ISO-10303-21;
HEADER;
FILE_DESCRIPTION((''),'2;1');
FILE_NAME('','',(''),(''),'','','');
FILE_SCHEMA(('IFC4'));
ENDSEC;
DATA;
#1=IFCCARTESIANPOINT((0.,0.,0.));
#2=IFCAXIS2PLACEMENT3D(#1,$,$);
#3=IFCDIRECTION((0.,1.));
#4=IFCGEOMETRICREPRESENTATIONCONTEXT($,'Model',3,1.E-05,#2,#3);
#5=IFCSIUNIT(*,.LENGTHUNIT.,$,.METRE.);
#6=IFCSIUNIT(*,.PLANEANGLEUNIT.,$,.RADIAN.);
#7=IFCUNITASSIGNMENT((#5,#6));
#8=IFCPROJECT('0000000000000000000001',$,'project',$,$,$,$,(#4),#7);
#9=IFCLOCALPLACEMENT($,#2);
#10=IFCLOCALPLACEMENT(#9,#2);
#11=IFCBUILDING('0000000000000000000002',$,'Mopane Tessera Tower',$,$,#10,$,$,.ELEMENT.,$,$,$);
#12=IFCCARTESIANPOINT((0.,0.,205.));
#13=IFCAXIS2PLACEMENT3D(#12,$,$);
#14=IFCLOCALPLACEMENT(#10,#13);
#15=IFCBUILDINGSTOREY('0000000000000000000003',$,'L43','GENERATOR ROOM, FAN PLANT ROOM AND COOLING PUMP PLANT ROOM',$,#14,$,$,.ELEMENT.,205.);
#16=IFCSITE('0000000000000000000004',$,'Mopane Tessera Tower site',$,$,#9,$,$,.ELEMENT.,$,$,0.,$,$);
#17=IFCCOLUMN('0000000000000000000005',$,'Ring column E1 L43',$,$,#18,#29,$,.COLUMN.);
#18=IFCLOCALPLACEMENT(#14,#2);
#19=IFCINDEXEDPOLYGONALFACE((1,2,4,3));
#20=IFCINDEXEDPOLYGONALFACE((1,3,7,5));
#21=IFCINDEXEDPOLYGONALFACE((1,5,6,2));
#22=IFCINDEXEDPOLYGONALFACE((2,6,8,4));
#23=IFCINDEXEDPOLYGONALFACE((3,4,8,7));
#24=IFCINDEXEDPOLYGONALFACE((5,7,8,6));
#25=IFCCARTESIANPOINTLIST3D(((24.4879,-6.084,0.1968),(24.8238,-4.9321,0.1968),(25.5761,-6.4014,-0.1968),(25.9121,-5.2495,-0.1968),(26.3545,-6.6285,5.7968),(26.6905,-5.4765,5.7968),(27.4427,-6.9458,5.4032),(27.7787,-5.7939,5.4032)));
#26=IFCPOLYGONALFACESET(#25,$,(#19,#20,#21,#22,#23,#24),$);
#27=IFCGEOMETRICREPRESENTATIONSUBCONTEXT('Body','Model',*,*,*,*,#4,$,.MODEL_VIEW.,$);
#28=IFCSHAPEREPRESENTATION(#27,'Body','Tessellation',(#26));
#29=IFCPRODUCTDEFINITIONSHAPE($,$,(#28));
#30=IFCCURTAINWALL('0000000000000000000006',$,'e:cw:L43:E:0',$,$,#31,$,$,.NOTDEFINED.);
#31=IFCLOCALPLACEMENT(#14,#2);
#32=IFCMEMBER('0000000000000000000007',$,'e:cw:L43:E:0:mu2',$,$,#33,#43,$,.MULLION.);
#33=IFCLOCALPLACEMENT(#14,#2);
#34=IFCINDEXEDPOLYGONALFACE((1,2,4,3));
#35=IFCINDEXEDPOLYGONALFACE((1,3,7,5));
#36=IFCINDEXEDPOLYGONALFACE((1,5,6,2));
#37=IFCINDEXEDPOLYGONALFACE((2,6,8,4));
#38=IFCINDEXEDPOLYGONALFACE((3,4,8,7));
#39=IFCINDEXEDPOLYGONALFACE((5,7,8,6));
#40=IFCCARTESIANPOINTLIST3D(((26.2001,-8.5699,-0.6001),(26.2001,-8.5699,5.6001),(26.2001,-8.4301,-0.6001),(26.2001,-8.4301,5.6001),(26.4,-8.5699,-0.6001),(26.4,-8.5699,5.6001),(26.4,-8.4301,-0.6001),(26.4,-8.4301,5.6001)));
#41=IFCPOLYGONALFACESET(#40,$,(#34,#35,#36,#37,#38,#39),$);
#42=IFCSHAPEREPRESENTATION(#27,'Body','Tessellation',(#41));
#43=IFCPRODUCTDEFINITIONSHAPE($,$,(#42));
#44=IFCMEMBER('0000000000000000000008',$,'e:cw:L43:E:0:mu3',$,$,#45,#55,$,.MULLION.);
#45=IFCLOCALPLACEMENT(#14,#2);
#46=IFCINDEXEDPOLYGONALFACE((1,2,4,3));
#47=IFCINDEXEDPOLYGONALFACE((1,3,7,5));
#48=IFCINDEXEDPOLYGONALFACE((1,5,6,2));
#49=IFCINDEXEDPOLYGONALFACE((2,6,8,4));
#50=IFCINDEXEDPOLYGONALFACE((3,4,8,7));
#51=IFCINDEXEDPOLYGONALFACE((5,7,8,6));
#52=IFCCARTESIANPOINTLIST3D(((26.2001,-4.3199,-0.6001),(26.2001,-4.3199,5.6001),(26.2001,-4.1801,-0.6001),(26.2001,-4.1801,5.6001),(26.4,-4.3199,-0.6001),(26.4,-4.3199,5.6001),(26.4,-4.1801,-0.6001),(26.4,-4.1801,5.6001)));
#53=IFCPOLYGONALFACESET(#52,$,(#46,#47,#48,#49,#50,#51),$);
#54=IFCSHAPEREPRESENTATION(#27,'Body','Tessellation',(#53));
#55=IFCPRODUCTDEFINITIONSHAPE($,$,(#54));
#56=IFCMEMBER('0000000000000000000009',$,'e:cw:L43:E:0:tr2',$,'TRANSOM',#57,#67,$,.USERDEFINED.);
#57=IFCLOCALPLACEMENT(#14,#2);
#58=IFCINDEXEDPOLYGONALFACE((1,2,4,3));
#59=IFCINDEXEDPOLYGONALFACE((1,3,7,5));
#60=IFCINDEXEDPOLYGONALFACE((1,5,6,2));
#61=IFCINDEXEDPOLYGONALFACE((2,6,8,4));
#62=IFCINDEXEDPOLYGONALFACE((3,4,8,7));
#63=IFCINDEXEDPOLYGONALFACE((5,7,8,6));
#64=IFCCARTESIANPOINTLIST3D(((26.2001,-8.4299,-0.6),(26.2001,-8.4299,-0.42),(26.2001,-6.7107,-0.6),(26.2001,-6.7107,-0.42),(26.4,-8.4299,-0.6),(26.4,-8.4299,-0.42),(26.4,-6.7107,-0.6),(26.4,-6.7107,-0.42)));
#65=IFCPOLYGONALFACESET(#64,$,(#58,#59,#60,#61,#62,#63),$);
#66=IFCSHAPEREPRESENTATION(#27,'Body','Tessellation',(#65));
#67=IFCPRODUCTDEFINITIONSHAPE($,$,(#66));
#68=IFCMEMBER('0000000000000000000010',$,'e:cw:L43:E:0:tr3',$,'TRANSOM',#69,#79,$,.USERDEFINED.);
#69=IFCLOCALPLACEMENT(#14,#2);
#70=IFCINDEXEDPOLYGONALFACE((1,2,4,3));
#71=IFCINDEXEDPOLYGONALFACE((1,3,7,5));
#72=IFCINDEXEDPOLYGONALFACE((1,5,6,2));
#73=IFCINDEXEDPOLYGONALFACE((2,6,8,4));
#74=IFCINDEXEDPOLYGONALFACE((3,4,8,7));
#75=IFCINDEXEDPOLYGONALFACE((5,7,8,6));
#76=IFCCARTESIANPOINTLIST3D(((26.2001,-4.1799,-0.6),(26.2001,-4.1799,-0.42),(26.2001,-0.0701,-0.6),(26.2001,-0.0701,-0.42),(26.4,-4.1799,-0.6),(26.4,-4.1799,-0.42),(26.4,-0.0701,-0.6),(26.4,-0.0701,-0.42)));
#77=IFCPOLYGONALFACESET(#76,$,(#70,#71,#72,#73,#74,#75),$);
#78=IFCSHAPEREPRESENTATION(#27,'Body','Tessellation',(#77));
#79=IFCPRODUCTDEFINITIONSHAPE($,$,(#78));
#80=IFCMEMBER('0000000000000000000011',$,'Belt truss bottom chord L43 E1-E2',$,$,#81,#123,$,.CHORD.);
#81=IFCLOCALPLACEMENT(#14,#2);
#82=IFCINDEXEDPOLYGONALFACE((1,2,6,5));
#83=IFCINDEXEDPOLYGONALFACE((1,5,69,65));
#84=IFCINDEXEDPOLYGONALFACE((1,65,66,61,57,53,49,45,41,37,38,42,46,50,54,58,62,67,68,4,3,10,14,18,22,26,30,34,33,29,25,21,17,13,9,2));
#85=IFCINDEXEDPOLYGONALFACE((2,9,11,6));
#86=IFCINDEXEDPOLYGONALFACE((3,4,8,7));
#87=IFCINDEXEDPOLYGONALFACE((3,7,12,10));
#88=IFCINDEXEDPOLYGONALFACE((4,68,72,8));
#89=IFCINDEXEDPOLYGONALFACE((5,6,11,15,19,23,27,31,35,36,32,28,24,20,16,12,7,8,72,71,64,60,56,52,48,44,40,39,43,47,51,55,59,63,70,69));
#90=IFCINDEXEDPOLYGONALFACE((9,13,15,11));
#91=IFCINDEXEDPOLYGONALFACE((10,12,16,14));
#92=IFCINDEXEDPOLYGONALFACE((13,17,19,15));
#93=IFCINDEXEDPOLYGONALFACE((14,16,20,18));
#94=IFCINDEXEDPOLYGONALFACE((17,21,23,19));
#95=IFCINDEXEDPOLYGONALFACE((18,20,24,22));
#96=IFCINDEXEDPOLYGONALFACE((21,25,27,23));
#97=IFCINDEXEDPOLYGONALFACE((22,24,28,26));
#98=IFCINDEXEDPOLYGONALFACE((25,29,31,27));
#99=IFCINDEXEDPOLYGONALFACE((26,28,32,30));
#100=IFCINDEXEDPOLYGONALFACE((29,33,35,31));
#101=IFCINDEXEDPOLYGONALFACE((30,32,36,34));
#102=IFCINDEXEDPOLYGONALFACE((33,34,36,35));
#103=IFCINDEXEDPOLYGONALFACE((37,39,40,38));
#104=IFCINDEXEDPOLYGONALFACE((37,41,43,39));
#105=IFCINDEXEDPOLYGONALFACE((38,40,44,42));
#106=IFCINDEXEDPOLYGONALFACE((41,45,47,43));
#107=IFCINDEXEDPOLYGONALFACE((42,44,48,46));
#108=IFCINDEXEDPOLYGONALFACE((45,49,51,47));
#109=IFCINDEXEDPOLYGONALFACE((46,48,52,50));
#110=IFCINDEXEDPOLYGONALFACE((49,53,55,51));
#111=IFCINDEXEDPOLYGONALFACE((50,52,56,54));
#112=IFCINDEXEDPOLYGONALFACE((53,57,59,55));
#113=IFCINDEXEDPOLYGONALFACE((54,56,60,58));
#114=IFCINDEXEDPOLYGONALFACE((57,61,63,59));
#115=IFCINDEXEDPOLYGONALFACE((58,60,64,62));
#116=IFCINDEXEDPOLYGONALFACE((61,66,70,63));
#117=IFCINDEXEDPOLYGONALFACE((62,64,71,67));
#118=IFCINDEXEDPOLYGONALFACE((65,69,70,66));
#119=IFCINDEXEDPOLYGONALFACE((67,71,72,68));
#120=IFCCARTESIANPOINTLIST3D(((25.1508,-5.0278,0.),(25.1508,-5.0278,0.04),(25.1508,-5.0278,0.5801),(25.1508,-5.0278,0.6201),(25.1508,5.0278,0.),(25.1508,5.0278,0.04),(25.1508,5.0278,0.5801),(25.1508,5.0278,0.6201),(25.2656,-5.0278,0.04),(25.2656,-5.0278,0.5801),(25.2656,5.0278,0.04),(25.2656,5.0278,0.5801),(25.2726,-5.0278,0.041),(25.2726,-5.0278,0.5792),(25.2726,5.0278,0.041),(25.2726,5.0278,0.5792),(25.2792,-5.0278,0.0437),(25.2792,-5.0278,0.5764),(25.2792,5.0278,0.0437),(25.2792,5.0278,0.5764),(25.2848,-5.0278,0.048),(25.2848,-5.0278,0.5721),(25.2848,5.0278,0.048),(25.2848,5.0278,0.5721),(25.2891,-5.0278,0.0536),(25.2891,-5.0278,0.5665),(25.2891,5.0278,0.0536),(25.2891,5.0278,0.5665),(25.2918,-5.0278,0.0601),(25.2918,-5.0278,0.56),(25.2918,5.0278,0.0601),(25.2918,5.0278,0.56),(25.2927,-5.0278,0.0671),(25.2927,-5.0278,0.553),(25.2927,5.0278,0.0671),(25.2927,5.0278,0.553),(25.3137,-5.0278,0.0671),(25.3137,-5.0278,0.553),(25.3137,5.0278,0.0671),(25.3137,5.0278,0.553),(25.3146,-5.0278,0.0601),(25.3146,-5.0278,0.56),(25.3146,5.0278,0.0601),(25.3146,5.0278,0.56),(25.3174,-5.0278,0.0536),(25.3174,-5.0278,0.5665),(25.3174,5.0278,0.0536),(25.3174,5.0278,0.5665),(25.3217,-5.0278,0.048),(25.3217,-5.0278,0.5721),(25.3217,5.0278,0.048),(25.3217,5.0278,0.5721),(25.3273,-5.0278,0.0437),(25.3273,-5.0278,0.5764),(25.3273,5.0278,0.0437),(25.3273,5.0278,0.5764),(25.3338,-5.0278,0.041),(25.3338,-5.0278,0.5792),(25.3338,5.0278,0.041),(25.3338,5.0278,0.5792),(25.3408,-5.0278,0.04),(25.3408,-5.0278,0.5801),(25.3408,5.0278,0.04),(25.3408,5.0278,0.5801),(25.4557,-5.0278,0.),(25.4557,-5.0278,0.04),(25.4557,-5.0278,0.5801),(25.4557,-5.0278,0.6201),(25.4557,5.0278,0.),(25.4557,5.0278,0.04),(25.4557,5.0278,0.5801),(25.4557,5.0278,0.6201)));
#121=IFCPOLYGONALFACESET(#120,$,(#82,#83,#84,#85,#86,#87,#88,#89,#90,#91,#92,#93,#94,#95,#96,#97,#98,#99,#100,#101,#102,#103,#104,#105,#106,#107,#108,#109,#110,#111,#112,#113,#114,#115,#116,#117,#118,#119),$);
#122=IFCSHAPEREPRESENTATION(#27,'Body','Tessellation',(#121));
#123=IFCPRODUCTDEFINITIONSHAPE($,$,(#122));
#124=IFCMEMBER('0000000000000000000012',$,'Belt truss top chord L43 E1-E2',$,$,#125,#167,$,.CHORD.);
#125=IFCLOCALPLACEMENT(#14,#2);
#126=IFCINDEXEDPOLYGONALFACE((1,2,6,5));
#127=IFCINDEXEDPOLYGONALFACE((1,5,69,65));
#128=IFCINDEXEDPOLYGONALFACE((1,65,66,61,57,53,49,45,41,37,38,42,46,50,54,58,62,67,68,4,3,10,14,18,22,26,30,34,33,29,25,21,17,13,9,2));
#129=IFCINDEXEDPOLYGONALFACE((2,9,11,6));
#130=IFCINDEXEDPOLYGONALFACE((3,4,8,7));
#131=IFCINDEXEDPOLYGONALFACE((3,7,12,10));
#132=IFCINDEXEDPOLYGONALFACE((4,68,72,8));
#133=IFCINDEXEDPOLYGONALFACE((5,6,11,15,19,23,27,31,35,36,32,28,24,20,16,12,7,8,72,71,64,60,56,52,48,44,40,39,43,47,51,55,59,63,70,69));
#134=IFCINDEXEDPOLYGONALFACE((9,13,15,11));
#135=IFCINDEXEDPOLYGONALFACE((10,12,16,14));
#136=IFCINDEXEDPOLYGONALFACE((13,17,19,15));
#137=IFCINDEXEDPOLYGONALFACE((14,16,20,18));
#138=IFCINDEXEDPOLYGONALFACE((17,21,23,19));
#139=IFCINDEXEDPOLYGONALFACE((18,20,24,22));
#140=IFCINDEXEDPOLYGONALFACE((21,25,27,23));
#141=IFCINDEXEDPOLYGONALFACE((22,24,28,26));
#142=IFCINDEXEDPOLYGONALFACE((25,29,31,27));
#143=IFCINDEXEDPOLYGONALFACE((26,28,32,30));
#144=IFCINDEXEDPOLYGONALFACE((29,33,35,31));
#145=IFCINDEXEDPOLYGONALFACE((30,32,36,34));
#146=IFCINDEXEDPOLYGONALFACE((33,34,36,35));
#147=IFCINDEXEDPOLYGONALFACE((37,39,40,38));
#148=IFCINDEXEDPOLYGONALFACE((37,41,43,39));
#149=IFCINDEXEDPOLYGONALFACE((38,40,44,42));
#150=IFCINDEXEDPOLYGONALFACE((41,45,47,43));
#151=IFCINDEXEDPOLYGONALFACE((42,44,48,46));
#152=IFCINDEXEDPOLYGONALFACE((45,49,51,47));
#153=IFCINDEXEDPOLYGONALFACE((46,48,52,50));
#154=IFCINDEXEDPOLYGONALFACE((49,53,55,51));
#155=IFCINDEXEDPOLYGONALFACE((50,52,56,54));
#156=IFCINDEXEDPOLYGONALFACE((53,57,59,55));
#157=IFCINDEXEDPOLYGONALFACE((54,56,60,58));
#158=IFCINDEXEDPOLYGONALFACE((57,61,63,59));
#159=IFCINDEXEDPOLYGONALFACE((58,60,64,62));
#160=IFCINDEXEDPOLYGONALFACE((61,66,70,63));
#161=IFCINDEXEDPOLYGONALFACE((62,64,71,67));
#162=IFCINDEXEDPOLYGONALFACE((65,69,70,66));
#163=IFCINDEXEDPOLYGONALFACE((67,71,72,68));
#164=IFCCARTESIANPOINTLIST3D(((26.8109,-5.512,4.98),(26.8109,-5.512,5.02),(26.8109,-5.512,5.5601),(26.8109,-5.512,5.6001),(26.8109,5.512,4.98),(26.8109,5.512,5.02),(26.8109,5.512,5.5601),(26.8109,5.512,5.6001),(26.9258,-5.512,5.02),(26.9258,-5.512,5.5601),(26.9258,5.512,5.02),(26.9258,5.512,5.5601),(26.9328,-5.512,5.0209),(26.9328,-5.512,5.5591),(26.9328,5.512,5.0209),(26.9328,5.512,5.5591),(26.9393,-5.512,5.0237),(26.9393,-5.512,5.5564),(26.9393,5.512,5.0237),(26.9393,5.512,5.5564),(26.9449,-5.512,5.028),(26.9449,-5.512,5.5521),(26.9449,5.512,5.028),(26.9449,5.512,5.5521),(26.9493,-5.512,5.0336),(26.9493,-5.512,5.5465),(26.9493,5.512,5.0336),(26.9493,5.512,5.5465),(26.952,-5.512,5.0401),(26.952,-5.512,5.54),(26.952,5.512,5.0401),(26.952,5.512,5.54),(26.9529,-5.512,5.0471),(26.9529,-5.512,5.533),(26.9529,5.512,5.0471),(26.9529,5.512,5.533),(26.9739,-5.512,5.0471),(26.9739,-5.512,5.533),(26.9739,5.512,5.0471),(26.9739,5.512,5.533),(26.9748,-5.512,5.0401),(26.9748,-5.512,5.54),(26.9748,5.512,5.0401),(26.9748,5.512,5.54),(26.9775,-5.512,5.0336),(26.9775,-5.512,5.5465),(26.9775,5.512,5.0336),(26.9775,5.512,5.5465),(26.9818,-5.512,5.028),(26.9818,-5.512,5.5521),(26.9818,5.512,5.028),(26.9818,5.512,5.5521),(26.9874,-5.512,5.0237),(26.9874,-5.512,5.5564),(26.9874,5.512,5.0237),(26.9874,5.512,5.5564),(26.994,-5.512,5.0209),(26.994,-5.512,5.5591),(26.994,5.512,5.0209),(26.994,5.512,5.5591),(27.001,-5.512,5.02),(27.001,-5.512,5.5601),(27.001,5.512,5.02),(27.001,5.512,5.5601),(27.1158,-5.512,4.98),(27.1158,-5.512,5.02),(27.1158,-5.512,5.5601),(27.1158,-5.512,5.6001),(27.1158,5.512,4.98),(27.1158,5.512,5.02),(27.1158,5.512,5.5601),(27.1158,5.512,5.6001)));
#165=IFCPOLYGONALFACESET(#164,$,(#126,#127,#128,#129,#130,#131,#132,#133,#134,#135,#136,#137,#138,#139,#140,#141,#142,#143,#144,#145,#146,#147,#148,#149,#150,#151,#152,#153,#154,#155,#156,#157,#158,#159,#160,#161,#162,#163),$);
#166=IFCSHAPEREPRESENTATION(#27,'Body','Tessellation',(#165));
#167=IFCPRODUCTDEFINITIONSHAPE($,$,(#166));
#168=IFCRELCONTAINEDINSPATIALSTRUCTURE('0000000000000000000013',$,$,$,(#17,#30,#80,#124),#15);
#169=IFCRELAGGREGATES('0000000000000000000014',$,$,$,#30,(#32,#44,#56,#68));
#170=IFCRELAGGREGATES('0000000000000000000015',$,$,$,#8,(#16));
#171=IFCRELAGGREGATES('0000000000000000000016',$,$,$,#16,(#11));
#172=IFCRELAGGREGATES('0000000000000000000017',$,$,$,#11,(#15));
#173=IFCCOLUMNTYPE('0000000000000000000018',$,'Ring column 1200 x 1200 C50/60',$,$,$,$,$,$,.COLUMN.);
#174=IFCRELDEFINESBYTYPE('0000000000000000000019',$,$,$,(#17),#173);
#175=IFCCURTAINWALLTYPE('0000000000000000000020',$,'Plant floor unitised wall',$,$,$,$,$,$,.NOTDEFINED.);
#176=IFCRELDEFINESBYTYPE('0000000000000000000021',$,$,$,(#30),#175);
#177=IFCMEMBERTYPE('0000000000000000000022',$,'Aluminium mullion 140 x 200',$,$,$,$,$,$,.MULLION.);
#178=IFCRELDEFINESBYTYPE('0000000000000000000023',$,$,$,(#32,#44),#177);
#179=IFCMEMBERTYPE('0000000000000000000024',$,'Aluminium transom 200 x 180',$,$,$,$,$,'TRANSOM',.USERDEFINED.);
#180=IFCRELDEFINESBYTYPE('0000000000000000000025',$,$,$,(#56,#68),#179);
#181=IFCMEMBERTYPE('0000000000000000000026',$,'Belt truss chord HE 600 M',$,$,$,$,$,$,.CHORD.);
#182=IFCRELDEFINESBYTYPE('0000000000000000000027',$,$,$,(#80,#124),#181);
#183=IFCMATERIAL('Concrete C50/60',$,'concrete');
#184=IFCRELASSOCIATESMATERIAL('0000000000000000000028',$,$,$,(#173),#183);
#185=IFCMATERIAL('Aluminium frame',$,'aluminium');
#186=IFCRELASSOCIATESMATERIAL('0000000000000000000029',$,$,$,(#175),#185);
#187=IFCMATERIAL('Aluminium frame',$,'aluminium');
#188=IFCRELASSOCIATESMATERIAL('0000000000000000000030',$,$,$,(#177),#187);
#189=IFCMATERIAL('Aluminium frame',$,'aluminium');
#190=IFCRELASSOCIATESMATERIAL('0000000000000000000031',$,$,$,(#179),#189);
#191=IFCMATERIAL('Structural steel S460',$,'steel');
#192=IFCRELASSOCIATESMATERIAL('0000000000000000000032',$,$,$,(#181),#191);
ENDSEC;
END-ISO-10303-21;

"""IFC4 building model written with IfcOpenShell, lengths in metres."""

from ifc_helpers import new_model, si_unit, direction, frame, origin, origin_2d, place, context, subcontext, project, spatial, rectangle, i_section, extrude, material, material_profile, profile_set, type_object, element, aggregate, save


model = new_model("IFC4")

# Units and contexts
model_context = context("Model", 3, precision=1e-05, world=origin(), true_north=direction((0.0, 1.0)))
body_context = subcontext(model_context, "Body", "Model", "MODEL_VIEW")
ifc_project = project(units=[si_unit("LENGTHUNIT", "METRE"), si_unit("PLANEANGLEUNIT", "RADIAN")], contexts=[model_context])

# Site, building, storey
site_placement = place(None, origin())
site = spatial("IfcSite", under=ifc_project, at=site_placement, Name="Mopane Tessera Tower site", CompositionType="ELEMENT", RefElevation=0.0)
building_placement = place(site_placement, origin())
building = spatial("IfcBuilding", under=site, at=building_placement, Name="Mopane Tessera Tower", CompositionType="ELEMENT")
storey_placement = place(building_placement, frame((0.0, 0.0, 205.0)))
storey = spatial("IfcBuildingStorey", under=building, at=storey_placement, Name="L43", Description="GENERATOR ROOM, FAN PLANT ROOM AND COOLING PUMP PLANT ROOM", CompositionType="ELEMENT", Elevation=205.0)

# Column
ifc_material_1 = material(Name="Concrete C50/60", Category="concrete")
ifc_material_profile_1 = material_profile(ifc_material_1, rectangle(XDim=1.2, YDim=1.2, at=origin_2d()))
ifc_profile_set_1 = profile_set([ifc_material_profile_1], Name="Concrete C50/60")
column_type = type_object("IfcColumnType", Name="Ring column 1200 x 1200 C50/60", PredefinedType="COLUMN", material=ifc_profile_set_1)
column_placement = place(storey_placement, frame((25.2, -5.6667, 0.0), z_axis=(0.314891, -0.09184, 0.944674), x_axis=(0.27999, 0.960003, 0.0)))
element("IfcColumn", 1, at=column_placement, inside=storey, type_object=column_type, Name="Ring column E1 L43", PredefinedType="COLUMN", context=body_context, shape_type="SweptSolid", body=[
    extrude(rectangle(XDim=1.2, YDim=1.2, at=origin_2d()), origin(), (0.0, 0.0, 1.0), 5.928),
])

# Curtain wall, members
ifc_material_2 = material(Name="Aluminium frame", Category="aluminium")
curtain_wall_type = type_object("IfcCurtainWallType", Name="Plant floor unitised wall", PredefinedType="NOTDEFINED", material=ifc_material_2)
curtain_wall_placement = place(storey_placement, origin())
curtain_wall = element("IfcCurtainWall", 2, at=curtain_wall_placement, inside=storey, type_object=curtain_wall_type, Name="e:cw:L43:E:0", PredefinedType="NOTDEFINED")
ifc_material_3 = material(Name="Aluminium frame", Category="aluminium")
ifc_material_profile_2 = material_profile(ifc_material_3, rectangle(XDim=0.1399, YDim=0.2, at=origin_2d()))
ifc_profile_set_2 = profile_set([ifc_material_profile_2], Name="Aluminium frame")
member_type_1 = type_object("IfcMemberType", Name="Aluminium mullion 140 x 200", PredefinedType="MULLION", material=ifc_profile_set_2)
member_1_placement = place(storey_placement, frame((26.3, -8.5, -0.6001), z_axis=(0.0, 0.0, 1.0), x_axis=(0.0, 1.0, 0.0)))
member_1 = element("IfcMember", 3, at=member_1_placement, type_object=member_type_1, Name="e:cw:L43:E:0:mu2", PredefinedType="MULLION", context=body_context, shape_type="SweptSolid", body=[
    extrude(rectangle(XDim=0.1399, YDim=0.2, at=origin_2d()), origin(), (0.0, 0.0, 1.0), 6.2002),
])
member_2_placement = place(storey_placement, frame((26.3, -4.25, -0.6001), z_axis=(0.0, 0.0, 1.0), x_axis=(0.0, 1.0, 0.0)))
member_2 = element("IfcMember", 4, at=member_2_placement, type_object=member_type_1, Name="e:cw:L43:E:0:mu3", PredefinedType="MULLION", context=body_context, shape_type="SweptSolid", body=[
    extrude(rectangle(XDim=0.1399, YDim=0.2, at=origin_2d()), origin(), (0.0, 0.0, 1.0), 6.2002),
])
ifc_material_4 = material(Name="Aluminium frame", Category="aluminium")
ifc_material_profile_3 = material_profile(ifc_material_4, rectangle(XDim=0.2, YDim=0.1799, at=origin_2d()))
ifc_profile_set_3 = profile_set([ifc_material_profile_3], Name="Aluminium frame")
member_type_2 = type_object("IfcMemberType", Name="Aluminium transom 200 x 180", ElementType="TRANSOM", PredefinedType="USERDEFINED", material=ifc_profile_set_3)
member_3_placement = place(storey_placement, frame((26.3, -8.4299, -0.51), z_axis=(0.0, 1.0, 0.0), x_axis=(-1.0, 0.0, 0.0)))
member_3 = element("IfcMember", 5, at=member_3_placement, type_object=member_type_2, Name="e:cw:L43:E:0:tr2", ObjectType="TRANSOM", PredefinedType="USERDEFINED", context=body_context, shape_type="SweptSolid", body=[
    extrude(rectangle(XDim=0.2, YDim=0.1799, at=origin_2d()), origin(), (0.0, 0.0, 1.0), 1.7192),
])
member_4_placement = place(storey_placement, frame((26.3, -4.1799, -0.51), z_axis=(0.0, 1.0, 0.0), x_axis=(-1.0, 0.0, 0.0)))
member_4 = element("IfcMember", 6, at=member_4_placement, type_object=member_type_2, Name="e:cw:L43:E:0:tr3", ObjectType="TRANSOM", PredefinedType="USERDEFINED", context=body_context, shape_type="SweptSolid", body=[
    extrude(rectangle(XDim=0.2, YDim=0.1799, at=origin_2d()), origin(), (0.0, 0.0, 1.0), 4.1099),
])

# Members
ifc_material_5 = material(Name="Structural steel S460", Category="steel")
ifc_material_profile_4 = material_profile(ifc_material_5, i_section(OverallWidth=0.3049, OverallDepth=0.6201, WebThickness=0.021, FlangeThickness=0.04, FilletRadius=0.0271, at=origin_2d()))
ifc_profile_set_4 = profile_set([ifc_material_profile_4], Name="Structural steel S460")
member_type_3 = type_object("IfcMemberType", Name="Belt truss chord HE 600 M", PredefinedType="CHORD", material=ifc_profile_set_4)
member_5_placement = place(storey_placement, frame((25.3032, -5.0278, 0.3101), z_axis=(0.0, 1.0, 0.0), x_axis=(-1.0, 0.0, 0.0)))
element("IfcMember", 7, at=member_5_placement, inside=storey, type_object=member_type_3, Name="Belt truss bottom chord L43 E1-E2", PredefinedType="CHORD", context=body_context, shape_type="SweptSolid", body=[
    extrude(i_section(OverallWidth=0.3049, OverallDepth=0.6201, WebThickness=0.021, FlangeThickness=0.04, FilletRadius=0.0271, at=origin_2d()), origin(), (0.0, 0.0, 1.0), 10.0557),
])
member_6_placement = place(storey_placement, frame((26.9634, -5.512, 5.29), z_axis=(0.0, 1.0, 0.0), x_axis=(-1.0, 0.0, 0.0)))
element("IfcMember", 8, at=member_6_placement, inside=storey, type_object=member_type_3, Name="Belt truss top chord L43 E1-E2", PredefinedType="CHORD", context=body_context, shape_type="SweptSolid", body=[
    extrude(i_section(OverallWidth=0.3049, OverallDepth=0.6201, WebThickness=0.021, FlangeThickness=0.04, FilletRadius=0.0271, at=origin_2d()), origin(), (0.0, 0.0, 1.0), 11.0239),
])

aggregate(curtain_wall, [member_1, member_2, member_3, member_4])

save(model, "model.ifc")
